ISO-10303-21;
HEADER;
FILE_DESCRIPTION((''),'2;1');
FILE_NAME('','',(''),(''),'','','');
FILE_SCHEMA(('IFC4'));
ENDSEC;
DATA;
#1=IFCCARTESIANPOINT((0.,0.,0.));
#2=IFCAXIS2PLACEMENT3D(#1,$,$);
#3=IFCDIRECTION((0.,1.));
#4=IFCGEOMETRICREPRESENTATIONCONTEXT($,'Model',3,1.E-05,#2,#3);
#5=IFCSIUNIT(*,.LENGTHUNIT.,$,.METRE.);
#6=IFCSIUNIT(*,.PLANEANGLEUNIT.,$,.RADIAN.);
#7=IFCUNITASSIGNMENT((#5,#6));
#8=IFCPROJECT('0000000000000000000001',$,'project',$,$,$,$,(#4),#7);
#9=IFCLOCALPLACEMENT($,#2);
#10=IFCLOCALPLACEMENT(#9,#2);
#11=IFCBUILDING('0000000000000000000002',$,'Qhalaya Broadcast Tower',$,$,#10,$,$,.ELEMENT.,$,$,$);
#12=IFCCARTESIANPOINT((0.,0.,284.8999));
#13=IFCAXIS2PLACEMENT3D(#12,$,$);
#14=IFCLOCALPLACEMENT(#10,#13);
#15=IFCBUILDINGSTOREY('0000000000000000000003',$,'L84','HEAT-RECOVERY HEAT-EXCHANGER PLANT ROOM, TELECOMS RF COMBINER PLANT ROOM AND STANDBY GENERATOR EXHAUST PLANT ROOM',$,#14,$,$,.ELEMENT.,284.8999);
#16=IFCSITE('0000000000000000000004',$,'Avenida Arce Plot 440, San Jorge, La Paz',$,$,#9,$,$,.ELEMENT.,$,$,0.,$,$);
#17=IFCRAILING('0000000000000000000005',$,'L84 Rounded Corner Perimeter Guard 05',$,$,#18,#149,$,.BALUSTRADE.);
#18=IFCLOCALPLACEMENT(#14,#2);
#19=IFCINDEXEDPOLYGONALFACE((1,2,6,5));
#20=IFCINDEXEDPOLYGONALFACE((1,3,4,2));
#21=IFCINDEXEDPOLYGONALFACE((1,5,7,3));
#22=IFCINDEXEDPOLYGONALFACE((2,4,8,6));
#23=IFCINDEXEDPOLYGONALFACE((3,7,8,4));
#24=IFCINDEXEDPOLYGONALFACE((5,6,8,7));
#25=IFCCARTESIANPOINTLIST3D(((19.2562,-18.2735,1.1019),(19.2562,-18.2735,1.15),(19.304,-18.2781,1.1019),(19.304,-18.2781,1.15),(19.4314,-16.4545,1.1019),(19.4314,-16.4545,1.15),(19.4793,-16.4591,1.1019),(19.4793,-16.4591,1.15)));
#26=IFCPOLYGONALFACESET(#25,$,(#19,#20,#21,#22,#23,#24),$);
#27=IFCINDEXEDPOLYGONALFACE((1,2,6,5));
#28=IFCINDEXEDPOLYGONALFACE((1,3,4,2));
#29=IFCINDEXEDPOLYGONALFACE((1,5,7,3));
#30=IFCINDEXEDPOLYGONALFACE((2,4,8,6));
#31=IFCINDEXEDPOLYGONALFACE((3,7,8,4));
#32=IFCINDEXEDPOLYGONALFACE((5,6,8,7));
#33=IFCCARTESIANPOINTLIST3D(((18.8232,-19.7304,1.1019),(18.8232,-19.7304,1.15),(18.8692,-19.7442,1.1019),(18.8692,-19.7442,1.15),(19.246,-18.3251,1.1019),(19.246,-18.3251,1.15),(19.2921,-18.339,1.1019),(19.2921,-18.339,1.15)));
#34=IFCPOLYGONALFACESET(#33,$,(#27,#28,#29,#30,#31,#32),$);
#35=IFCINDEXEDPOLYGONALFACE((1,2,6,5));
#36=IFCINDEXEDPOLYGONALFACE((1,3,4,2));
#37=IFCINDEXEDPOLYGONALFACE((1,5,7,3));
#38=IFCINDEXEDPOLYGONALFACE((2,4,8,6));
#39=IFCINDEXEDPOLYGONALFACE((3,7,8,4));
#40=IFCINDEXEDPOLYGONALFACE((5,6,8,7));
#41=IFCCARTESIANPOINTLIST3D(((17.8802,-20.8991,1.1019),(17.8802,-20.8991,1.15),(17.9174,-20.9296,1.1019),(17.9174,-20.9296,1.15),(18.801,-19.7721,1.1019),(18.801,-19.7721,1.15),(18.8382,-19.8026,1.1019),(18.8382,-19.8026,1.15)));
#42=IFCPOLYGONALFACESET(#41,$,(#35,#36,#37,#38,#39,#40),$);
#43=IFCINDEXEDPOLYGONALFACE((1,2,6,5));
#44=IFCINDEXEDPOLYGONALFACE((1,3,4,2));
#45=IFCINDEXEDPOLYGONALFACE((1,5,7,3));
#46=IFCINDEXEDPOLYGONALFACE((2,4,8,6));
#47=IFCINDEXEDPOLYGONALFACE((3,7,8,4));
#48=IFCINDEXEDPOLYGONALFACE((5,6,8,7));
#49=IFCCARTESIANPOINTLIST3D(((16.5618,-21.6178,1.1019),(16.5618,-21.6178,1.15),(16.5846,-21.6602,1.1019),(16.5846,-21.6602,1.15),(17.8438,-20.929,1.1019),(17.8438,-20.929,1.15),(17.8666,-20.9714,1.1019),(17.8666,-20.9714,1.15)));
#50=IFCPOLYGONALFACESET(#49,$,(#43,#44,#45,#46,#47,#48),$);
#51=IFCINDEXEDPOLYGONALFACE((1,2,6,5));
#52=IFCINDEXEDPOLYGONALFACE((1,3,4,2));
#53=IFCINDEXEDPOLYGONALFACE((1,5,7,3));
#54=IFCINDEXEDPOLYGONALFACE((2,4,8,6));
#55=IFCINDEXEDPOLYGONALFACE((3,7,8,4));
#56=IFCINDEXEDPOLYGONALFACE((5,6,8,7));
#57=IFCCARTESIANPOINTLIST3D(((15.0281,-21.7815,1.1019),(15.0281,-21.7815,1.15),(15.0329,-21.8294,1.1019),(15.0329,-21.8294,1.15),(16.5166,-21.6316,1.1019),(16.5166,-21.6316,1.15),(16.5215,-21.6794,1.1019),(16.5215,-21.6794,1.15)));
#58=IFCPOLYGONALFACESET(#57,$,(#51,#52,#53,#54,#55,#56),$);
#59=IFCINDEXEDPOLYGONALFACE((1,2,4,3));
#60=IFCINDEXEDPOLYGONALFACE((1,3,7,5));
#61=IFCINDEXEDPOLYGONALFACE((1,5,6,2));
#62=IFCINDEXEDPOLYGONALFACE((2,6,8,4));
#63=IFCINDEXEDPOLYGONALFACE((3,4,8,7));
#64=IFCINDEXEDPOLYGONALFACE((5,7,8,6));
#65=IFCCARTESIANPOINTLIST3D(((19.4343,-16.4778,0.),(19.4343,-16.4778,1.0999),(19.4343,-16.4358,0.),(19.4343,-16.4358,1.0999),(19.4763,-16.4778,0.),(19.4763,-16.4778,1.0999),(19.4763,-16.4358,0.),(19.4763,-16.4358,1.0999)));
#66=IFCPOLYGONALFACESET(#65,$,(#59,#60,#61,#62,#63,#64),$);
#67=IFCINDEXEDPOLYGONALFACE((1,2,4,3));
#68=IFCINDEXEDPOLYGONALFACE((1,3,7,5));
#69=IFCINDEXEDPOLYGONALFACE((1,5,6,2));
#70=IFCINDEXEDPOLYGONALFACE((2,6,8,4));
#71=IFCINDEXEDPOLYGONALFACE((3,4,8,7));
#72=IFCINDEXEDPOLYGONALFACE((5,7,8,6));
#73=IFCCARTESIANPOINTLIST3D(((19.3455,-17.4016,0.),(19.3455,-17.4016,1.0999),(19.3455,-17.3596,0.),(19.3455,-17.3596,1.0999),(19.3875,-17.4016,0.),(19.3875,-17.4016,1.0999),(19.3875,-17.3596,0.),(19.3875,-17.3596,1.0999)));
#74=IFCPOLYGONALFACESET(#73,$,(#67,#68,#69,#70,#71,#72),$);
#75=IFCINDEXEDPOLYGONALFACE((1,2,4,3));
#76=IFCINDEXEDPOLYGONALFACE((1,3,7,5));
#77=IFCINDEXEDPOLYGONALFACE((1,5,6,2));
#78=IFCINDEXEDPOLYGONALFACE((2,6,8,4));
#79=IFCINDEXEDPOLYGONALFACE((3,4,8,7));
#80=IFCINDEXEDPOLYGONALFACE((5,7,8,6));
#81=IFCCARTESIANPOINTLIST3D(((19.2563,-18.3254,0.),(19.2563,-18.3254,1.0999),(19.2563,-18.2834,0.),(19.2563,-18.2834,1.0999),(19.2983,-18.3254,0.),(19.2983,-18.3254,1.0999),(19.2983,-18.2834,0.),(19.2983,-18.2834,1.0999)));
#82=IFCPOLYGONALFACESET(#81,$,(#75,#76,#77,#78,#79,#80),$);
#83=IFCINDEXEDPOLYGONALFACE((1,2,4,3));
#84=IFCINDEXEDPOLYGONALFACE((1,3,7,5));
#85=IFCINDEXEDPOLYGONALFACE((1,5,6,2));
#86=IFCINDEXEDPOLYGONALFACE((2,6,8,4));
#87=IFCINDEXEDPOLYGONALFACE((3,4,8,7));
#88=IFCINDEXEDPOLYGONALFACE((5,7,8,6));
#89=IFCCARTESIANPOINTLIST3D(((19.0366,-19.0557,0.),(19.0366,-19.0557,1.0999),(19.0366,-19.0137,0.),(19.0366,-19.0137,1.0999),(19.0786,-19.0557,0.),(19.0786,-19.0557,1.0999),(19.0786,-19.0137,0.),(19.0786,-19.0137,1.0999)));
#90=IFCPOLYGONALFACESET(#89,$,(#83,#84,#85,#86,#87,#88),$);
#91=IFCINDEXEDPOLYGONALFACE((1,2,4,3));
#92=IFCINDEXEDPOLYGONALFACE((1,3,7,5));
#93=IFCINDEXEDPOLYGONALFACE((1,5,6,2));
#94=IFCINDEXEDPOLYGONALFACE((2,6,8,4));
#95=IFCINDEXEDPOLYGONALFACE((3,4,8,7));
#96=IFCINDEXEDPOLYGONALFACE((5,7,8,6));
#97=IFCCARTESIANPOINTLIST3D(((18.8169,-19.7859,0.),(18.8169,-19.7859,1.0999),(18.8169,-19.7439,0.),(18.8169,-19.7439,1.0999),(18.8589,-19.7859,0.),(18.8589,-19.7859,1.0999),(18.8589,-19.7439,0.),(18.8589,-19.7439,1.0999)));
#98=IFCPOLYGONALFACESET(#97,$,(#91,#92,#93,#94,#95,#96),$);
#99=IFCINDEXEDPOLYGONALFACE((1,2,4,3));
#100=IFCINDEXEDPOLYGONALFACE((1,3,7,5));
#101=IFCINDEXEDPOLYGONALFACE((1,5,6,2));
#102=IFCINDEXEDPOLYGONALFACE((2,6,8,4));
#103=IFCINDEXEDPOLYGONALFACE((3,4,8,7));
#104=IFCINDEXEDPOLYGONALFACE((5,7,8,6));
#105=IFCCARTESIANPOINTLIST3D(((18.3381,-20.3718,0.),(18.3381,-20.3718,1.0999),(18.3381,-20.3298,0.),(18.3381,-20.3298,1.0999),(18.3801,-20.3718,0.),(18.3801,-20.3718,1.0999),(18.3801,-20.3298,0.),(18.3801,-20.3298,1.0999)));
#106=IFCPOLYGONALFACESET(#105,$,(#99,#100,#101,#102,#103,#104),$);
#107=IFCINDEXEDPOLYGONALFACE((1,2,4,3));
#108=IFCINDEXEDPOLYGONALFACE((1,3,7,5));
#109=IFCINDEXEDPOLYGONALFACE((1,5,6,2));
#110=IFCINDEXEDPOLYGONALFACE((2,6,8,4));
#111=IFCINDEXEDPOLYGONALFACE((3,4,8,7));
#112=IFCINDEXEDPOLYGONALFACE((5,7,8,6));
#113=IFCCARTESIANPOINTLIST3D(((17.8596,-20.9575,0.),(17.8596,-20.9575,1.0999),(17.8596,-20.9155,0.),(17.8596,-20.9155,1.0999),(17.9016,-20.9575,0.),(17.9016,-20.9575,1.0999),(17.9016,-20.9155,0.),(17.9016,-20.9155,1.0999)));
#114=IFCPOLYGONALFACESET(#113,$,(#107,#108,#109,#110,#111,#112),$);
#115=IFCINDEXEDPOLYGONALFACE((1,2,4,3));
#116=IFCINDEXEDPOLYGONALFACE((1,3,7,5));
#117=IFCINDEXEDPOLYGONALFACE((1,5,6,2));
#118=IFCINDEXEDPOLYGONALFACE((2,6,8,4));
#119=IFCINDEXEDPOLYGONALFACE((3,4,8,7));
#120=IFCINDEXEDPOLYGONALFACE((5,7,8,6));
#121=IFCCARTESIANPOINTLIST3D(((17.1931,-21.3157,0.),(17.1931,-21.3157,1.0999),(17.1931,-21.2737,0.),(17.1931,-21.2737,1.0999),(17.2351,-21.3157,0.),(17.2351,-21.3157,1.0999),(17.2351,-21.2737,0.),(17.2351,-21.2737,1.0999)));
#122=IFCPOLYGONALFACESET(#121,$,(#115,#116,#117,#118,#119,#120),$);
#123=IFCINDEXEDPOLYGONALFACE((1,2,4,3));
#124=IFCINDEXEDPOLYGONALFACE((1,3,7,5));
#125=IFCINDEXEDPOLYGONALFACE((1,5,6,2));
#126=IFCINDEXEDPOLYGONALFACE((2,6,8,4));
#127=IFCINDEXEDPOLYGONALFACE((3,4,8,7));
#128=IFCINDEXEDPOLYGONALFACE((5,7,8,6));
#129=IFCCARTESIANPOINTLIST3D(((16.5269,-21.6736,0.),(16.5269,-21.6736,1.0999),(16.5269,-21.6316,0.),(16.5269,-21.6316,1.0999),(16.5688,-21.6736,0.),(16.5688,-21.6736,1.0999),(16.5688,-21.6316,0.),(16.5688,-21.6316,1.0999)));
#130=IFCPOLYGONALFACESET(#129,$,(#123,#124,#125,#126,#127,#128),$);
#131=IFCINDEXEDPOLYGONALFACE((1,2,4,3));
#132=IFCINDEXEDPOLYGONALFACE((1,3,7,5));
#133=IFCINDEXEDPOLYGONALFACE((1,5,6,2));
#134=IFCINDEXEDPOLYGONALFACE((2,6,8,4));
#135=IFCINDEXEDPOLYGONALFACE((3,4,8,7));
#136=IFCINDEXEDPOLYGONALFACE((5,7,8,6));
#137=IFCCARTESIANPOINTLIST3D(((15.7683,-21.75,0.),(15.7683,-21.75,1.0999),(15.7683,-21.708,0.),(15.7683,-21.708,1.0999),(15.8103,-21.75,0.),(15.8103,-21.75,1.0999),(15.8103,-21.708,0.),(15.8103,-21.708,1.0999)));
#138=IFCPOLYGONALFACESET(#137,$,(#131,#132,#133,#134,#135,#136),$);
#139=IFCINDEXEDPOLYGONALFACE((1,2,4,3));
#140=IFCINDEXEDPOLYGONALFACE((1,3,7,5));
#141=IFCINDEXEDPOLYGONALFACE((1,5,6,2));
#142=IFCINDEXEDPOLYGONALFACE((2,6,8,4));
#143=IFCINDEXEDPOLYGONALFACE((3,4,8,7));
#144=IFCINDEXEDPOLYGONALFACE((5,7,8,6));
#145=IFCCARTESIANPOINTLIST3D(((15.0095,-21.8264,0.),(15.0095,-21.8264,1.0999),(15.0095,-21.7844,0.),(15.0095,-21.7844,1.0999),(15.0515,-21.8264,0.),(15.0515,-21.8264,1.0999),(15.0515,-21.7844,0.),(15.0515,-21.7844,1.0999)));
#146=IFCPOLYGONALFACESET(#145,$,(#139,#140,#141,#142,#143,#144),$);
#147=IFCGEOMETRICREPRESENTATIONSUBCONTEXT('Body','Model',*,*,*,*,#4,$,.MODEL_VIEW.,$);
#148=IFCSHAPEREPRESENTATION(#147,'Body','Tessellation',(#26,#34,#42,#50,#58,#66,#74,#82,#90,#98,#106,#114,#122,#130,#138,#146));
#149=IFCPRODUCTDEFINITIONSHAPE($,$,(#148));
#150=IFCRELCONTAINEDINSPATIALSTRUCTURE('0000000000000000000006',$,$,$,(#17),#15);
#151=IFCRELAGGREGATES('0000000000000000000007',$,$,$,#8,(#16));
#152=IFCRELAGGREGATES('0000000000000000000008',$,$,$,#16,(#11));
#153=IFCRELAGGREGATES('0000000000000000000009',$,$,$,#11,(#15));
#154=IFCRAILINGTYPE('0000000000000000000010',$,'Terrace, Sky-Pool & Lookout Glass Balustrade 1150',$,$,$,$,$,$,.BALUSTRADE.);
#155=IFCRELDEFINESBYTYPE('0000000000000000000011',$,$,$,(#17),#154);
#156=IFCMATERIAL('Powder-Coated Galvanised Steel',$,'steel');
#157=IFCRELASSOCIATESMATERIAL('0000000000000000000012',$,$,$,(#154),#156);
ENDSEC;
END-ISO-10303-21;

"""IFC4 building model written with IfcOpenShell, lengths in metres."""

from ifc_helpers import new_model, si_unit, direction, frame, origin, origin_2d, place, context, subcontext, project, spatial, rectangle, extrude, material, type_object, element, save


model = new_model("IFC4")

# Units and contexts
model_context = context("Model", 3, precision=1e-05, world=origin(), true_north=direction((0.0, 1.0)))
body_context = subcontext(model_context, "Body", "Model", "MODEL_VIEW")
ifc_project = project(units=[si_unit("LENGTHUNIT", "METRE"), si_unit("PLANEANGLEUNIT", "RADIAN")], contexts=[model_context])

# Site, building, storey
site_placement = place(None, origin())
site = spatial("IfcSite", under=ifc_project, at=site_placement, Name="Avenida Arce Plot 440, San Jorge, La Paz", CompositionType="ELEMENT", RefElevation=0.0)
building_placement = place(site_placement, origin())
building = spatial("IfcBuilding", under=site, at=building_placement, Name="Qhalaya Broadcast Tower", CompositionType="ELEMENT")
storey_placement = place(building_placement, frame((0.0, 0.0, 284.8999)))
storey = spatial("IfcBuildingStorey", under=building, at=storey_placement, Name="L84", Description="HEAT-RECOVERY HEAT-EXCHANGER PLANT ROOM, TELECOMS RF COMBINER PLANT ROOM AND STANDBY GENERATOR EXHAUST PLANT ROOM", CompositionType="ELEMENT", Elevation=284.8999)

# Railing
ifc_material_1 = material(Name="Powder-Coated Galvanised Steel", Category="steel")
railing_type = type_object("IfcRailingType", Name="Terrace, Sky-Pool & Lookout Glass Balustrade 1150", PredefinedType="BALUSTRADE", material=ifc_material_1)
railing_1_placement = place(storey_placement, frame((19.4553, -16.4568, 0.0)))
element("IfcRailing", 1, at=railing_1_placement, inside=storey, type_object=railing_type, Name="L84 Rounded Corner Perimeter Guard 05", PredefinedType="BALUSTRADE", context=body_context, shape_type="SweptSolid", body=[
    extrude(rectangle(XDim=0.0481, YDim=0.0481, at=origin_2d()), frame((0.0, 0.0, 1.126), z_axis=(-0.095883, -0.995393, 0.0), x_axis=(0.995393, -0.095883, 0.0)), (0.0, 0.0, 1.0), 1.8274),
    extrude(rectangle(XDim=0.0481, YDim=0.0481, at=origin_2d()), frame((-0.1863, -1.8752, 1.126), z_axis=(-0.288141, -0.957588, 0.0), x_axis=(0.957588, -0.288141, 0.0)), (0.0, 0.0, 1.0), 1.4675),
    extrude(rectangle(XDim=0.0481, YDim=0.0481, at=origin_2d()), frame((-0.6357, -3.3306, 1.126), z_axis=(-0.63271, -0.774388, 0.0), x_axis=(0.774388, -0.63271, 0.0)), (0.0, 0.0, 1.0), 1.4553),
    extrude(rectangle(XDim=0.0481, YDim=0.0481, at=origin_2d()), frame((-1.6001, -4.4934, 1.126), z_axis=(-0.880906, -0.473291, 0.0), x_axis=(0.473291, -0.880906, 0.0)), (0.0, 0.0, 1.0), 1.4553),
    extrude(rectangle(XDim=0.0481, YDim=0.0481, at=origin_2d()), frame((-2.9363, -5.1987, 1.126), z_axis=(-0.994966, -0.100217, 0.0), x_axis=(0.100217, -0.994966, 0.0)), (0.0, 0.0, 1.0), 1.4961),
    extrude(rectangle(XDim=0.042, YDim=0.042, at=origin_2d()), origin(), (0.0, 0.0, 1.0), 1.0999),
    extrude(rectangle(XDim=0.042, YDim=0.042, at=origin_2d()), frame((-0.0889, -0.9238, 0.0)), (0.0, 0.0, 1.0), 1.0999),
    extrude(rectangle(XDim=0.042, YDim=0.042, at=origin_2d()), frame((-0.178, -1.8477, 0.0)), (0.0, 0.0, 1.0), 1.0999),
    extrude(rectangle(XDim=0.042, YDim=0.042, at=origin_2d()), frame((-0.3977, -2.5779, 0.0)), (0.0, 0.0, 1.0), 1.0999),
    extrude(rectangle(XDim=0.042, YDim=0.042, at=origin_2d()), frame((-0.6174, -3.3081, 0.0)), (0.0, 0.0, 1.0), 1.0999),
    extrude(rectangle(XDim=0.042, YDim=0.042, at=origin_2d()), frame((-1.0962, -3.894, 0.0)), (0.0, 0.0, 1.0), 1.0999),
    extrude(rectangle(XDim=0.042, YDim=0.042, at=origin_2d()), frame((-1.5747, -4.4797, 0.0)), (0.0, 0.0, 1.0), 1.0999),
    extrude(rectangle(XDim=0.042, YDim=0.042, at=origin_2d()), frame((-2.2412, -4.8379, 0.0)), (0.0, 0.0, 1.0), 1.0999),
    extrude(rectangle(XDim=0.042, YDim=0.042, at=origin_2d()), frame((-2.9075, -5.1958, 0.0)), (0.0, 0.0, 1.0), 1.0999),
    extrude(rectangle(XDim=0.042, YDim=0.042, at=origin_2d()), frame((-3.666, -5.2722, 0.0)), (0.0, 0.0, 1.0), 1.0999),
    extrude(rectangle(XDim=0.042, YDim=0.042, at=origin_2d()), frame((-4.4248, -5.3486, 0.0)), (0.0, 0.0, 1.0), 1.0999),
])

save(model, "model.ifc")
